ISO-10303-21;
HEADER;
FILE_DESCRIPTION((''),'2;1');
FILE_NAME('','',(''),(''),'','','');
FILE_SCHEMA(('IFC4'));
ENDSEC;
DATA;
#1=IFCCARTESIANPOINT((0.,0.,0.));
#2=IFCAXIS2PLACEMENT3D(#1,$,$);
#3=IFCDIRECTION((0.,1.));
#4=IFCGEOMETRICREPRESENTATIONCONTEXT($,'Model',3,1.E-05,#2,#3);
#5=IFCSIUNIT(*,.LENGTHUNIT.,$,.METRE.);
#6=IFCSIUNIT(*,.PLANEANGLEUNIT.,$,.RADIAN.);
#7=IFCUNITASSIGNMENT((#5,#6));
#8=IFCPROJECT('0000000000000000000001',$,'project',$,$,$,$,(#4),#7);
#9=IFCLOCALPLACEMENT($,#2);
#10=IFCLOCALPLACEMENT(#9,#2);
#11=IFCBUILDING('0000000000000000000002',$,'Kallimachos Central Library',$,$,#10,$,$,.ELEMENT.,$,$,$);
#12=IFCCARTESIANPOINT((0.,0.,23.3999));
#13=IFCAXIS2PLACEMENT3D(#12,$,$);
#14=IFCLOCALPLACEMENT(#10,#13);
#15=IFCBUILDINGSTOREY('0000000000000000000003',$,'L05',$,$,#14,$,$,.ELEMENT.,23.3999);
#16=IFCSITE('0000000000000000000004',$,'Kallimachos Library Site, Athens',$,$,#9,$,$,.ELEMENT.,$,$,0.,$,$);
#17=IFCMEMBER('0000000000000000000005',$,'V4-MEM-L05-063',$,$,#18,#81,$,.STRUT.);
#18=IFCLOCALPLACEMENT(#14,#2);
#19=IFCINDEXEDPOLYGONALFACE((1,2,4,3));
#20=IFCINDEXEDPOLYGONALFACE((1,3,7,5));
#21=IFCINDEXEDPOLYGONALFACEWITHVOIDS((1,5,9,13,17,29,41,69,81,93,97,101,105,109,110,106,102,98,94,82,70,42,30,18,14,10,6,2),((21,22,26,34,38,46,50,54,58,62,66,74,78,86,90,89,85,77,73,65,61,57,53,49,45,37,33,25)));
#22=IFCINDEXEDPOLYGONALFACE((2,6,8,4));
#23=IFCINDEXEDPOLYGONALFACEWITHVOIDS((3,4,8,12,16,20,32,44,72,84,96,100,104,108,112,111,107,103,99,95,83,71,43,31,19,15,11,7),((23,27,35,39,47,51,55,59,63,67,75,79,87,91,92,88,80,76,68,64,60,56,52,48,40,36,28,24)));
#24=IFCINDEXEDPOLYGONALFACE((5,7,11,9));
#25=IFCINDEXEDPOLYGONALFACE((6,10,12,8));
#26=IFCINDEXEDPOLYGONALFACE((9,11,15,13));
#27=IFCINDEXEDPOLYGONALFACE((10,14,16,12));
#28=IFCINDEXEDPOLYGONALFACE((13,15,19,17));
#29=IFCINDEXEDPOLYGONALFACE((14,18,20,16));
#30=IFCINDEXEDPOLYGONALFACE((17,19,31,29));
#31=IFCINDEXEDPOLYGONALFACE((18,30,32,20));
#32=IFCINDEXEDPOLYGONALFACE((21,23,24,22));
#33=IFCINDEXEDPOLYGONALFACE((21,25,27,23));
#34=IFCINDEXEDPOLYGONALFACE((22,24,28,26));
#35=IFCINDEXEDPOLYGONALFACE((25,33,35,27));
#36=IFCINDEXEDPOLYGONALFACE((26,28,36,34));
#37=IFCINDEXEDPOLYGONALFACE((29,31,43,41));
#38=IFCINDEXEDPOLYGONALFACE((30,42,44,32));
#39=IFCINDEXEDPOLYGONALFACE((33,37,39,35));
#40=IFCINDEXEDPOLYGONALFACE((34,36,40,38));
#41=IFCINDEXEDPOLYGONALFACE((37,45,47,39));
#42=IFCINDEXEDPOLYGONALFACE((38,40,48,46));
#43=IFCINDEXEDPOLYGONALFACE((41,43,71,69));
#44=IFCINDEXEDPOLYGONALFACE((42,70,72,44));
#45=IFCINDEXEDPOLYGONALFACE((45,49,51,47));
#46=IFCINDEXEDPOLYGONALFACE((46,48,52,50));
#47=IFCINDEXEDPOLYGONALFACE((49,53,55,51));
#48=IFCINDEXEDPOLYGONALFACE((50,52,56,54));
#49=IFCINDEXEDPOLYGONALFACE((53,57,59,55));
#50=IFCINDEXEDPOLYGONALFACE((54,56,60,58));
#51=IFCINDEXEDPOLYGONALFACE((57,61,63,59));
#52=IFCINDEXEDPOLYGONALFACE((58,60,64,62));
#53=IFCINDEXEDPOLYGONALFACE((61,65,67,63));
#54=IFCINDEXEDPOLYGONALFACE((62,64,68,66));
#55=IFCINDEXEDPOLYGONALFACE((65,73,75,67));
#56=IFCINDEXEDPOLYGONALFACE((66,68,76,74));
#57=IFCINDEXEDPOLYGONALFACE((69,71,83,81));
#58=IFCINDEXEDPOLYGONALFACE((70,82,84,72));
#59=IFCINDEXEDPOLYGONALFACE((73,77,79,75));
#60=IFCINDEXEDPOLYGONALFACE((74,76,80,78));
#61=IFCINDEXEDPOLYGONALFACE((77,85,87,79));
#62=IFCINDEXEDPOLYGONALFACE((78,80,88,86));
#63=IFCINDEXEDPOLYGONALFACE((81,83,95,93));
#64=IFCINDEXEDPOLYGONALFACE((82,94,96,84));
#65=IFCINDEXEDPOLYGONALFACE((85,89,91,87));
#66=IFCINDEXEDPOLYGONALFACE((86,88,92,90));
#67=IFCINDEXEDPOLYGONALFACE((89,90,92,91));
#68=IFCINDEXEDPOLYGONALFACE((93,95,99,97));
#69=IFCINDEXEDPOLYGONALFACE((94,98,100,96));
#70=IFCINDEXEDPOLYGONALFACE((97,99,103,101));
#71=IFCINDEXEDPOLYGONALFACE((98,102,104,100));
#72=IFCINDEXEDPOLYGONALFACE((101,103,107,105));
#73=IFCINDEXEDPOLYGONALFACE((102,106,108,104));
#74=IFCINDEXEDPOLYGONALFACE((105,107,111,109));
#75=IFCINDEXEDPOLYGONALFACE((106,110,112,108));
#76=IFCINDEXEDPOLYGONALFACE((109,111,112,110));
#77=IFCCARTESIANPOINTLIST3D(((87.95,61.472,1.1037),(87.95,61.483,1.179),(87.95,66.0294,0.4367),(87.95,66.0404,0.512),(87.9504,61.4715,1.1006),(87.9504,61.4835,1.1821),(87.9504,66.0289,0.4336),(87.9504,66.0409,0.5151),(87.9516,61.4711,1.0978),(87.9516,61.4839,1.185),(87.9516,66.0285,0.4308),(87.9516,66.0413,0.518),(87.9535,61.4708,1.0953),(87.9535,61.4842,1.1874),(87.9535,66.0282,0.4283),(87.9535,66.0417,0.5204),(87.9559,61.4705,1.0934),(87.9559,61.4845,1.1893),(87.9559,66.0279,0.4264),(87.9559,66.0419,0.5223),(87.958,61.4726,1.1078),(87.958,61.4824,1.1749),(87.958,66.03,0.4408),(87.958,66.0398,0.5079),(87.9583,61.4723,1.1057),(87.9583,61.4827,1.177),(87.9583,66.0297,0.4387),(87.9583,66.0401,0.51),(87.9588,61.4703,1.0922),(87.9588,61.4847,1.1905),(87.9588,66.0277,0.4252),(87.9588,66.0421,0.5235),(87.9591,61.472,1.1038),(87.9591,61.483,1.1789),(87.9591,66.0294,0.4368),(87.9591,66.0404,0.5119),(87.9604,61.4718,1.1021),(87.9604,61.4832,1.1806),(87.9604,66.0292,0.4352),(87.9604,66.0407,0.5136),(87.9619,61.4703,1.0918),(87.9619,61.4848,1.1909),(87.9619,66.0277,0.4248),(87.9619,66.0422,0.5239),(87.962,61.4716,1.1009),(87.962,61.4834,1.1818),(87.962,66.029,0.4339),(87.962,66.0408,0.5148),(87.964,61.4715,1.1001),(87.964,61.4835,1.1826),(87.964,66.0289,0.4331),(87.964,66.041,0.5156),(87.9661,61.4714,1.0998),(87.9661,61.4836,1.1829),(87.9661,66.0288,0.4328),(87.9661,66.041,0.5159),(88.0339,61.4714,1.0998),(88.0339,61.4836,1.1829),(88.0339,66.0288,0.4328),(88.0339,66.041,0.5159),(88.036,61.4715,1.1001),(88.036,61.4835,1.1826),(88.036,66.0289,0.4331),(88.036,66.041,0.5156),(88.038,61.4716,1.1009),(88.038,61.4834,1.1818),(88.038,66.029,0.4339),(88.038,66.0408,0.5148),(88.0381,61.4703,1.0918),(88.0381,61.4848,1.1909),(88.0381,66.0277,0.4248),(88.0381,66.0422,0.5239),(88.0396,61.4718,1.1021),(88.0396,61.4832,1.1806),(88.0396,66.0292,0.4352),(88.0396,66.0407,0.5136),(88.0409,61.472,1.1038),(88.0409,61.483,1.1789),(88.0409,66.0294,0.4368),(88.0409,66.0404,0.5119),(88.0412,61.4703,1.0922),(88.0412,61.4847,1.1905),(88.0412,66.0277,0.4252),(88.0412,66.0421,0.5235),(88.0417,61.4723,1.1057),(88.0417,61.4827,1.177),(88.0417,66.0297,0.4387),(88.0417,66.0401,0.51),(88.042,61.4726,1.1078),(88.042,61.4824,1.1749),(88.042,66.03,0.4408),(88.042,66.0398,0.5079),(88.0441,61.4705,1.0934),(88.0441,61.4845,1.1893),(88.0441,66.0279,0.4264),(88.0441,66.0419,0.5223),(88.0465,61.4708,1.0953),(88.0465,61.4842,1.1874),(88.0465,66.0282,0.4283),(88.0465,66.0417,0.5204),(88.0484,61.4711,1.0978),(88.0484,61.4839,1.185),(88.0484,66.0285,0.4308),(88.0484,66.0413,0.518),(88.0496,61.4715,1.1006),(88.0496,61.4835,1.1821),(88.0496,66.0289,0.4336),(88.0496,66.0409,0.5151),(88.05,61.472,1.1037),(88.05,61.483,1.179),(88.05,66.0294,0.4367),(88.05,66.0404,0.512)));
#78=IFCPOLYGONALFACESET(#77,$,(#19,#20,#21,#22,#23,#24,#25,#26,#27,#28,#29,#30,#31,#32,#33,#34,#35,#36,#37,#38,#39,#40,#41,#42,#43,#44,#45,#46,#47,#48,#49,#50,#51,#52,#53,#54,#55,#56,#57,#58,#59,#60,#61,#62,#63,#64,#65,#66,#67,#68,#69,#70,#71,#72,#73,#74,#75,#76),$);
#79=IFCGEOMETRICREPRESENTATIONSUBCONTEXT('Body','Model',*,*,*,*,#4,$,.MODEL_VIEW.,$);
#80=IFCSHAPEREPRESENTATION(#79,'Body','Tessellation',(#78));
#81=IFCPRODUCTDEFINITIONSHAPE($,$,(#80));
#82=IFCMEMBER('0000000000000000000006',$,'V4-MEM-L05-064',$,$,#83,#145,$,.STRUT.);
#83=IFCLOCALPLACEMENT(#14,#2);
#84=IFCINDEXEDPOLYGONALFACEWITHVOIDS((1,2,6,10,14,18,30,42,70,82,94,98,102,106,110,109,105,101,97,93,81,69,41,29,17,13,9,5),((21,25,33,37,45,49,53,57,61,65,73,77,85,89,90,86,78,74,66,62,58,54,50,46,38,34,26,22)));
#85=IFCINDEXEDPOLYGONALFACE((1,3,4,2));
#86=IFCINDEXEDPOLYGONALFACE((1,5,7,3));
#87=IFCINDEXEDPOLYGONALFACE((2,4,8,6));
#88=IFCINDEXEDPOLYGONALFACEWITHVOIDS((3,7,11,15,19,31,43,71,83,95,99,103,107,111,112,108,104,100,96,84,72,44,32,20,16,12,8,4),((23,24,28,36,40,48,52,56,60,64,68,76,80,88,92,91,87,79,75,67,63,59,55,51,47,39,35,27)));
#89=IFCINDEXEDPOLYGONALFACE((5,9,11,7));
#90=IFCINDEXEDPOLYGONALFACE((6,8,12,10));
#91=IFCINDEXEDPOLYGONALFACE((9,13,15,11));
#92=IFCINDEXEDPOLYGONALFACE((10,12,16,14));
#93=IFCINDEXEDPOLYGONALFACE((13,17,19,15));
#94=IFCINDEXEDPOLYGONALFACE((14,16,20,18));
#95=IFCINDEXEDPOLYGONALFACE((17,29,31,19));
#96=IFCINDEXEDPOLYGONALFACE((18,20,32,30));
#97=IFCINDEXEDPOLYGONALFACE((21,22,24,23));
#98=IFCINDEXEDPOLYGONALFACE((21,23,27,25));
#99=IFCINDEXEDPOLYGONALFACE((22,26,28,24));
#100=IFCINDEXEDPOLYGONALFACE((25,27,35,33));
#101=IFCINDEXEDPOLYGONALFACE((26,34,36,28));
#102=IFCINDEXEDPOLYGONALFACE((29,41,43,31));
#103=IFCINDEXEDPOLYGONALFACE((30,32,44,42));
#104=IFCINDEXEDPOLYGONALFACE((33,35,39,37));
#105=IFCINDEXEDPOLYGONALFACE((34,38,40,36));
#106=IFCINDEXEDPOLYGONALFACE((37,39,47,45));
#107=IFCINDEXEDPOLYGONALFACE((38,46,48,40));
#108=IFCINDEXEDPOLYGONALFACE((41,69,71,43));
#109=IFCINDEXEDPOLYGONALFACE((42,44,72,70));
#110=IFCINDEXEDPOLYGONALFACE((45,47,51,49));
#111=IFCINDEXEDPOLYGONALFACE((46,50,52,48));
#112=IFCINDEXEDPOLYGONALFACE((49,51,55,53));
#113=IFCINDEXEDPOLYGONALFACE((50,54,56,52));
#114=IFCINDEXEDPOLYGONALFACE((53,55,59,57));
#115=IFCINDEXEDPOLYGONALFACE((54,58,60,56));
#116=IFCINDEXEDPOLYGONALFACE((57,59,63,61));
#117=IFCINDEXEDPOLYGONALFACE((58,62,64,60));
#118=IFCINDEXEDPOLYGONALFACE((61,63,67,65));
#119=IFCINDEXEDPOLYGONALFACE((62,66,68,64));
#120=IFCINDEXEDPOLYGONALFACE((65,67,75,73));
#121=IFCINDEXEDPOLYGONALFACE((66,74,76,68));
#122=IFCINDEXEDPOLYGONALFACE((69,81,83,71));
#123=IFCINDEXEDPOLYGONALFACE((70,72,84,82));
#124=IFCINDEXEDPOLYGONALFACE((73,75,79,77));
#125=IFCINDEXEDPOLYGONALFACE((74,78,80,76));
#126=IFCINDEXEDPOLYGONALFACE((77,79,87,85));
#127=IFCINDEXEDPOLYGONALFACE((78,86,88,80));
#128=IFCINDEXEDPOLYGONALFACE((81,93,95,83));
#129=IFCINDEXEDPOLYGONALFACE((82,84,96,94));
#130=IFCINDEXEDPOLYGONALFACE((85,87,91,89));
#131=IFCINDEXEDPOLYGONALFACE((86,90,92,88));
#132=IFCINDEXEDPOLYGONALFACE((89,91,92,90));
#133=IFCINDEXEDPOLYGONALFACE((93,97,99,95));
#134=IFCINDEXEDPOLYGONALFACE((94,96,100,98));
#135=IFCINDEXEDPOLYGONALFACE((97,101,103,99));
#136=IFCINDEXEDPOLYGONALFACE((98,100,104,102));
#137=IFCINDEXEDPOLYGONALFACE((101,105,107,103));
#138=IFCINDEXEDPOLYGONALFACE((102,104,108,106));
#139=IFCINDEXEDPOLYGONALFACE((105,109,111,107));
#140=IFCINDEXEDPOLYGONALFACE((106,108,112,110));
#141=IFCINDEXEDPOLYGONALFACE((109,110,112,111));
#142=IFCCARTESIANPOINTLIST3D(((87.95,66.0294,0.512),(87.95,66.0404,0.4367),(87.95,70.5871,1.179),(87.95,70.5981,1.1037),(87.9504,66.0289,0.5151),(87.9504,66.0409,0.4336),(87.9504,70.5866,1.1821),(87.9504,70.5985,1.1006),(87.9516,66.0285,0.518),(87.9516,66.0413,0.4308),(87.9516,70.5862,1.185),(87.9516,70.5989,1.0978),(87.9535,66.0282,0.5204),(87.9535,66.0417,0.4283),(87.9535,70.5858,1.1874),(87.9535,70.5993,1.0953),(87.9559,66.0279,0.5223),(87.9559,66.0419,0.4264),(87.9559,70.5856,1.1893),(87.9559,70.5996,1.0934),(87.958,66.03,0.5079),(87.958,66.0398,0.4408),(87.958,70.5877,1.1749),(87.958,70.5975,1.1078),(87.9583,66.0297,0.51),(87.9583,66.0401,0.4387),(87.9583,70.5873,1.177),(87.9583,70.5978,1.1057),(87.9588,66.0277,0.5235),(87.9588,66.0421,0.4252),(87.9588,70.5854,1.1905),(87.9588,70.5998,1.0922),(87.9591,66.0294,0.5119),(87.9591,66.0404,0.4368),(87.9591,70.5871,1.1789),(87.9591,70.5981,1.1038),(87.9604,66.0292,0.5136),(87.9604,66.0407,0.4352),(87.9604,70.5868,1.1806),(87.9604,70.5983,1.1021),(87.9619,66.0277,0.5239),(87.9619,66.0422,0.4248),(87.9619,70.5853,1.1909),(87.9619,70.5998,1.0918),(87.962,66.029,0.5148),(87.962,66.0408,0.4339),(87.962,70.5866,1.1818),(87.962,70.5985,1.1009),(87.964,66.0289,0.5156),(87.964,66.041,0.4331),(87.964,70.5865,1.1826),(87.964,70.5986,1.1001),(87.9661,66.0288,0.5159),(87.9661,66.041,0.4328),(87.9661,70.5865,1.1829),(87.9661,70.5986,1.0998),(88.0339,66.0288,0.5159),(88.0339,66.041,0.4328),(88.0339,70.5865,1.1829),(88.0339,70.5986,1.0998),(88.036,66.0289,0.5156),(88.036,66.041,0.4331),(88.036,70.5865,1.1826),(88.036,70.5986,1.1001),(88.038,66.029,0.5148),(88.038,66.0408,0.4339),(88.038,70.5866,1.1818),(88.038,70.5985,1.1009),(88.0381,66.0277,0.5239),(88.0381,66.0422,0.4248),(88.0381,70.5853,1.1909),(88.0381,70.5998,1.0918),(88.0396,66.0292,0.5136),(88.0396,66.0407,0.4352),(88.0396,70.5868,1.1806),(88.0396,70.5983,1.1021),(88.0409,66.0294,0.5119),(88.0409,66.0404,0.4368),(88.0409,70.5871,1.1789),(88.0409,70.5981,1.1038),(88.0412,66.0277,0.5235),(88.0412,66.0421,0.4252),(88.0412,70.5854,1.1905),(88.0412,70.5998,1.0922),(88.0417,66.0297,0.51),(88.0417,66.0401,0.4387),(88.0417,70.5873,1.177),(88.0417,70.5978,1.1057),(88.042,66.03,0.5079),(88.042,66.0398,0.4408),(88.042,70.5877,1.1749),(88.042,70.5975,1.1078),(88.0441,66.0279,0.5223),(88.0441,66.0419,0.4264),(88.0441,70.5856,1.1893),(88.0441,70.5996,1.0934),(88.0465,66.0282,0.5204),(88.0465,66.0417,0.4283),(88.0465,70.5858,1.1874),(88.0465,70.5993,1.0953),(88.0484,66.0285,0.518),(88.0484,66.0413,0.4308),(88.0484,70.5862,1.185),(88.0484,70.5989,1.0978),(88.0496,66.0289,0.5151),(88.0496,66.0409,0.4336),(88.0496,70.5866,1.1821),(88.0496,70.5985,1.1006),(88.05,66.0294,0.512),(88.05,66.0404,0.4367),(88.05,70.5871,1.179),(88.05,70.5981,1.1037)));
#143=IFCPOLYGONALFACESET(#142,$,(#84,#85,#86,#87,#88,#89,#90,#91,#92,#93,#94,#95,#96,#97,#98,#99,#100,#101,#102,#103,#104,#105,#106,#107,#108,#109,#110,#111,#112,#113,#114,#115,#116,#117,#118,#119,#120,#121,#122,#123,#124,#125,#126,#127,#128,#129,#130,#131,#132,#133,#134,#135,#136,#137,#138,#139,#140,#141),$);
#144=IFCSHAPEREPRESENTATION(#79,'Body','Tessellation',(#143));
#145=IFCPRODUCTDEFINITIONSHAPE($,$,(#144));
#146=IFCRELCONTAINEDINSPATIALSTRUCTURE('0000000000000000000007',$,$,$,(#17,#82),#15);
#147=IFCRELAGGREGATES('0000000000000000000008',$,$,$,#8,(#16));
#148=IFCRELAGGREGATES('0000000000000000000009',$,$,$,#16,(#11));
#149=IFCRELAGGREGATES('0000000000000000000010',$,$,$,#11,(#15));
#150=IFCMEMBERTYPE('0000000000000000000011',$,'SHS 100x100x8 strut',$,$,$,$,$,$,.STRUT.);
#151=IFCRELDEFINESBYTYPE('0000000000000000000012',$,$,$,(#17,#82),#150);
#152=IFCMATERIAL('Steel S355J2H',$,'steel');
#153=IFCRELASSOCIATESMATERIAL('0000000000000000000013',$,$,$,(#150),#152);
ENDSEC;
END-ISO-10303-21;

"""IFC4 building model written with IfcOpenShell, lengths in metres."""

from ifc_helpers import new_model, si_unit, direction, frame, origin, origin_2d, place, context, subcontext, project, spatial, hollow_rectangle, extrude, material, material_profile, profile_set, type_object, element, save


model = new_model("IFC4")

# Units and contexts
model_context = context("Model", 3, precision=1e-05, world=origin(), true_north=direction((0.0, 1.0)))
body_context = subcontext(model_context, "Body", "Model", "MODEL_VIEW")
ifc_project = project(units=[si_unit("LENGTHUNIT", "METRE"), si_unit("PLANEANGLEUNIT", "RADIAN")], contexts=[model_context])

# Site, building, storey
site_placement = place(None, origin())
site = spatial("IfcSite", under=ifc_project, at=site_placement, Name="Kallimachos Library Site, Athens", CompositionType="ELEMENT", RefElevation=0.0)
building_placement = place(site_placement, origin())
building = spatial("IfcBuilding", under=site, at=building_placement, Name="Kallimachos Central Library", CompositionType="ELEMENT")
storey_placement = place(building_placement, frame((0.0, 0.0, 23.3999)))
storey = spatial("IfcBuildingStorey", under=building, at=storey_placement, Name="L05", CompositionType="ELEMENT", Elevation=23.3999)

# Members
ifc_material_1 = material(Name="Steel S355J2H", Category="steel")
ifc_material_profile_1 = material_profile(ifc_material_1, hollow_rectangle(XDim=0.1001, YDim=0.1001, WallThickness=0.0081, InnerFilletRadius=0.0081, OuterFilletRadius=0.012, at=origin_2d()), Name="SHS 100x100x8")
ifc_profile_set_1 = profile_set([ifc_material_profile_1], Name="Steel S355J2H")
member_type_1 = type_object("IfcMemberType", Name="SHS 100x100x8 strut", PredefinedType="STRUT", material=ifc_profile_set_1)
member_1_placement = place(storey_placement, frame((88.0, 66.0349, 0.4744), z_axis=(0.0, -0.989459, 0.144812), x_axis=(1.0, 0.0, 0.0)))
element("IfcMember", 1, at=member_1_placement, inside=storey, type_object=member_type_1, Name="V4-MEM-L05-063", PredefinedType="STRUT", context=body_context, shape_type="SweptSolid", body=[
    extrude(hollow_rectangle(XDim=0.1001, YDim=0.1001, WallThickness=0.0081, InnerFilletRadius=0.0081, OuterFilletRadius=0.012, at=origin_2d()), origin(), (0.0, 0.0, 1.0), 4.606),
])
member_2_placement = place(storey_placement, frame((88.0, 66.0349, 0.4744), z_axis=(0.0, 0.98946, 0.144804), x_axis=(-1.0, 0.0, 0.0)))
element("IfcMember", 2, at=member_2_placement, inside=storey, type_object=member_type_1, Name="V4-MEM-L05-064", PredefinedType="STRUT", context=body_context, shape_type="SweptSolid", body=[
    extrude(hollow_rectangle(XDim=0.1001, YDim=0.1001, WallThickness=0.0081, InnerFilletRadius=0.0081, OuterFilletRadius=0.012, at=origin_2d()), origin(), (0.0, 0.0, 1.0), 4.6062),
])

save(model, "model.ifc")
